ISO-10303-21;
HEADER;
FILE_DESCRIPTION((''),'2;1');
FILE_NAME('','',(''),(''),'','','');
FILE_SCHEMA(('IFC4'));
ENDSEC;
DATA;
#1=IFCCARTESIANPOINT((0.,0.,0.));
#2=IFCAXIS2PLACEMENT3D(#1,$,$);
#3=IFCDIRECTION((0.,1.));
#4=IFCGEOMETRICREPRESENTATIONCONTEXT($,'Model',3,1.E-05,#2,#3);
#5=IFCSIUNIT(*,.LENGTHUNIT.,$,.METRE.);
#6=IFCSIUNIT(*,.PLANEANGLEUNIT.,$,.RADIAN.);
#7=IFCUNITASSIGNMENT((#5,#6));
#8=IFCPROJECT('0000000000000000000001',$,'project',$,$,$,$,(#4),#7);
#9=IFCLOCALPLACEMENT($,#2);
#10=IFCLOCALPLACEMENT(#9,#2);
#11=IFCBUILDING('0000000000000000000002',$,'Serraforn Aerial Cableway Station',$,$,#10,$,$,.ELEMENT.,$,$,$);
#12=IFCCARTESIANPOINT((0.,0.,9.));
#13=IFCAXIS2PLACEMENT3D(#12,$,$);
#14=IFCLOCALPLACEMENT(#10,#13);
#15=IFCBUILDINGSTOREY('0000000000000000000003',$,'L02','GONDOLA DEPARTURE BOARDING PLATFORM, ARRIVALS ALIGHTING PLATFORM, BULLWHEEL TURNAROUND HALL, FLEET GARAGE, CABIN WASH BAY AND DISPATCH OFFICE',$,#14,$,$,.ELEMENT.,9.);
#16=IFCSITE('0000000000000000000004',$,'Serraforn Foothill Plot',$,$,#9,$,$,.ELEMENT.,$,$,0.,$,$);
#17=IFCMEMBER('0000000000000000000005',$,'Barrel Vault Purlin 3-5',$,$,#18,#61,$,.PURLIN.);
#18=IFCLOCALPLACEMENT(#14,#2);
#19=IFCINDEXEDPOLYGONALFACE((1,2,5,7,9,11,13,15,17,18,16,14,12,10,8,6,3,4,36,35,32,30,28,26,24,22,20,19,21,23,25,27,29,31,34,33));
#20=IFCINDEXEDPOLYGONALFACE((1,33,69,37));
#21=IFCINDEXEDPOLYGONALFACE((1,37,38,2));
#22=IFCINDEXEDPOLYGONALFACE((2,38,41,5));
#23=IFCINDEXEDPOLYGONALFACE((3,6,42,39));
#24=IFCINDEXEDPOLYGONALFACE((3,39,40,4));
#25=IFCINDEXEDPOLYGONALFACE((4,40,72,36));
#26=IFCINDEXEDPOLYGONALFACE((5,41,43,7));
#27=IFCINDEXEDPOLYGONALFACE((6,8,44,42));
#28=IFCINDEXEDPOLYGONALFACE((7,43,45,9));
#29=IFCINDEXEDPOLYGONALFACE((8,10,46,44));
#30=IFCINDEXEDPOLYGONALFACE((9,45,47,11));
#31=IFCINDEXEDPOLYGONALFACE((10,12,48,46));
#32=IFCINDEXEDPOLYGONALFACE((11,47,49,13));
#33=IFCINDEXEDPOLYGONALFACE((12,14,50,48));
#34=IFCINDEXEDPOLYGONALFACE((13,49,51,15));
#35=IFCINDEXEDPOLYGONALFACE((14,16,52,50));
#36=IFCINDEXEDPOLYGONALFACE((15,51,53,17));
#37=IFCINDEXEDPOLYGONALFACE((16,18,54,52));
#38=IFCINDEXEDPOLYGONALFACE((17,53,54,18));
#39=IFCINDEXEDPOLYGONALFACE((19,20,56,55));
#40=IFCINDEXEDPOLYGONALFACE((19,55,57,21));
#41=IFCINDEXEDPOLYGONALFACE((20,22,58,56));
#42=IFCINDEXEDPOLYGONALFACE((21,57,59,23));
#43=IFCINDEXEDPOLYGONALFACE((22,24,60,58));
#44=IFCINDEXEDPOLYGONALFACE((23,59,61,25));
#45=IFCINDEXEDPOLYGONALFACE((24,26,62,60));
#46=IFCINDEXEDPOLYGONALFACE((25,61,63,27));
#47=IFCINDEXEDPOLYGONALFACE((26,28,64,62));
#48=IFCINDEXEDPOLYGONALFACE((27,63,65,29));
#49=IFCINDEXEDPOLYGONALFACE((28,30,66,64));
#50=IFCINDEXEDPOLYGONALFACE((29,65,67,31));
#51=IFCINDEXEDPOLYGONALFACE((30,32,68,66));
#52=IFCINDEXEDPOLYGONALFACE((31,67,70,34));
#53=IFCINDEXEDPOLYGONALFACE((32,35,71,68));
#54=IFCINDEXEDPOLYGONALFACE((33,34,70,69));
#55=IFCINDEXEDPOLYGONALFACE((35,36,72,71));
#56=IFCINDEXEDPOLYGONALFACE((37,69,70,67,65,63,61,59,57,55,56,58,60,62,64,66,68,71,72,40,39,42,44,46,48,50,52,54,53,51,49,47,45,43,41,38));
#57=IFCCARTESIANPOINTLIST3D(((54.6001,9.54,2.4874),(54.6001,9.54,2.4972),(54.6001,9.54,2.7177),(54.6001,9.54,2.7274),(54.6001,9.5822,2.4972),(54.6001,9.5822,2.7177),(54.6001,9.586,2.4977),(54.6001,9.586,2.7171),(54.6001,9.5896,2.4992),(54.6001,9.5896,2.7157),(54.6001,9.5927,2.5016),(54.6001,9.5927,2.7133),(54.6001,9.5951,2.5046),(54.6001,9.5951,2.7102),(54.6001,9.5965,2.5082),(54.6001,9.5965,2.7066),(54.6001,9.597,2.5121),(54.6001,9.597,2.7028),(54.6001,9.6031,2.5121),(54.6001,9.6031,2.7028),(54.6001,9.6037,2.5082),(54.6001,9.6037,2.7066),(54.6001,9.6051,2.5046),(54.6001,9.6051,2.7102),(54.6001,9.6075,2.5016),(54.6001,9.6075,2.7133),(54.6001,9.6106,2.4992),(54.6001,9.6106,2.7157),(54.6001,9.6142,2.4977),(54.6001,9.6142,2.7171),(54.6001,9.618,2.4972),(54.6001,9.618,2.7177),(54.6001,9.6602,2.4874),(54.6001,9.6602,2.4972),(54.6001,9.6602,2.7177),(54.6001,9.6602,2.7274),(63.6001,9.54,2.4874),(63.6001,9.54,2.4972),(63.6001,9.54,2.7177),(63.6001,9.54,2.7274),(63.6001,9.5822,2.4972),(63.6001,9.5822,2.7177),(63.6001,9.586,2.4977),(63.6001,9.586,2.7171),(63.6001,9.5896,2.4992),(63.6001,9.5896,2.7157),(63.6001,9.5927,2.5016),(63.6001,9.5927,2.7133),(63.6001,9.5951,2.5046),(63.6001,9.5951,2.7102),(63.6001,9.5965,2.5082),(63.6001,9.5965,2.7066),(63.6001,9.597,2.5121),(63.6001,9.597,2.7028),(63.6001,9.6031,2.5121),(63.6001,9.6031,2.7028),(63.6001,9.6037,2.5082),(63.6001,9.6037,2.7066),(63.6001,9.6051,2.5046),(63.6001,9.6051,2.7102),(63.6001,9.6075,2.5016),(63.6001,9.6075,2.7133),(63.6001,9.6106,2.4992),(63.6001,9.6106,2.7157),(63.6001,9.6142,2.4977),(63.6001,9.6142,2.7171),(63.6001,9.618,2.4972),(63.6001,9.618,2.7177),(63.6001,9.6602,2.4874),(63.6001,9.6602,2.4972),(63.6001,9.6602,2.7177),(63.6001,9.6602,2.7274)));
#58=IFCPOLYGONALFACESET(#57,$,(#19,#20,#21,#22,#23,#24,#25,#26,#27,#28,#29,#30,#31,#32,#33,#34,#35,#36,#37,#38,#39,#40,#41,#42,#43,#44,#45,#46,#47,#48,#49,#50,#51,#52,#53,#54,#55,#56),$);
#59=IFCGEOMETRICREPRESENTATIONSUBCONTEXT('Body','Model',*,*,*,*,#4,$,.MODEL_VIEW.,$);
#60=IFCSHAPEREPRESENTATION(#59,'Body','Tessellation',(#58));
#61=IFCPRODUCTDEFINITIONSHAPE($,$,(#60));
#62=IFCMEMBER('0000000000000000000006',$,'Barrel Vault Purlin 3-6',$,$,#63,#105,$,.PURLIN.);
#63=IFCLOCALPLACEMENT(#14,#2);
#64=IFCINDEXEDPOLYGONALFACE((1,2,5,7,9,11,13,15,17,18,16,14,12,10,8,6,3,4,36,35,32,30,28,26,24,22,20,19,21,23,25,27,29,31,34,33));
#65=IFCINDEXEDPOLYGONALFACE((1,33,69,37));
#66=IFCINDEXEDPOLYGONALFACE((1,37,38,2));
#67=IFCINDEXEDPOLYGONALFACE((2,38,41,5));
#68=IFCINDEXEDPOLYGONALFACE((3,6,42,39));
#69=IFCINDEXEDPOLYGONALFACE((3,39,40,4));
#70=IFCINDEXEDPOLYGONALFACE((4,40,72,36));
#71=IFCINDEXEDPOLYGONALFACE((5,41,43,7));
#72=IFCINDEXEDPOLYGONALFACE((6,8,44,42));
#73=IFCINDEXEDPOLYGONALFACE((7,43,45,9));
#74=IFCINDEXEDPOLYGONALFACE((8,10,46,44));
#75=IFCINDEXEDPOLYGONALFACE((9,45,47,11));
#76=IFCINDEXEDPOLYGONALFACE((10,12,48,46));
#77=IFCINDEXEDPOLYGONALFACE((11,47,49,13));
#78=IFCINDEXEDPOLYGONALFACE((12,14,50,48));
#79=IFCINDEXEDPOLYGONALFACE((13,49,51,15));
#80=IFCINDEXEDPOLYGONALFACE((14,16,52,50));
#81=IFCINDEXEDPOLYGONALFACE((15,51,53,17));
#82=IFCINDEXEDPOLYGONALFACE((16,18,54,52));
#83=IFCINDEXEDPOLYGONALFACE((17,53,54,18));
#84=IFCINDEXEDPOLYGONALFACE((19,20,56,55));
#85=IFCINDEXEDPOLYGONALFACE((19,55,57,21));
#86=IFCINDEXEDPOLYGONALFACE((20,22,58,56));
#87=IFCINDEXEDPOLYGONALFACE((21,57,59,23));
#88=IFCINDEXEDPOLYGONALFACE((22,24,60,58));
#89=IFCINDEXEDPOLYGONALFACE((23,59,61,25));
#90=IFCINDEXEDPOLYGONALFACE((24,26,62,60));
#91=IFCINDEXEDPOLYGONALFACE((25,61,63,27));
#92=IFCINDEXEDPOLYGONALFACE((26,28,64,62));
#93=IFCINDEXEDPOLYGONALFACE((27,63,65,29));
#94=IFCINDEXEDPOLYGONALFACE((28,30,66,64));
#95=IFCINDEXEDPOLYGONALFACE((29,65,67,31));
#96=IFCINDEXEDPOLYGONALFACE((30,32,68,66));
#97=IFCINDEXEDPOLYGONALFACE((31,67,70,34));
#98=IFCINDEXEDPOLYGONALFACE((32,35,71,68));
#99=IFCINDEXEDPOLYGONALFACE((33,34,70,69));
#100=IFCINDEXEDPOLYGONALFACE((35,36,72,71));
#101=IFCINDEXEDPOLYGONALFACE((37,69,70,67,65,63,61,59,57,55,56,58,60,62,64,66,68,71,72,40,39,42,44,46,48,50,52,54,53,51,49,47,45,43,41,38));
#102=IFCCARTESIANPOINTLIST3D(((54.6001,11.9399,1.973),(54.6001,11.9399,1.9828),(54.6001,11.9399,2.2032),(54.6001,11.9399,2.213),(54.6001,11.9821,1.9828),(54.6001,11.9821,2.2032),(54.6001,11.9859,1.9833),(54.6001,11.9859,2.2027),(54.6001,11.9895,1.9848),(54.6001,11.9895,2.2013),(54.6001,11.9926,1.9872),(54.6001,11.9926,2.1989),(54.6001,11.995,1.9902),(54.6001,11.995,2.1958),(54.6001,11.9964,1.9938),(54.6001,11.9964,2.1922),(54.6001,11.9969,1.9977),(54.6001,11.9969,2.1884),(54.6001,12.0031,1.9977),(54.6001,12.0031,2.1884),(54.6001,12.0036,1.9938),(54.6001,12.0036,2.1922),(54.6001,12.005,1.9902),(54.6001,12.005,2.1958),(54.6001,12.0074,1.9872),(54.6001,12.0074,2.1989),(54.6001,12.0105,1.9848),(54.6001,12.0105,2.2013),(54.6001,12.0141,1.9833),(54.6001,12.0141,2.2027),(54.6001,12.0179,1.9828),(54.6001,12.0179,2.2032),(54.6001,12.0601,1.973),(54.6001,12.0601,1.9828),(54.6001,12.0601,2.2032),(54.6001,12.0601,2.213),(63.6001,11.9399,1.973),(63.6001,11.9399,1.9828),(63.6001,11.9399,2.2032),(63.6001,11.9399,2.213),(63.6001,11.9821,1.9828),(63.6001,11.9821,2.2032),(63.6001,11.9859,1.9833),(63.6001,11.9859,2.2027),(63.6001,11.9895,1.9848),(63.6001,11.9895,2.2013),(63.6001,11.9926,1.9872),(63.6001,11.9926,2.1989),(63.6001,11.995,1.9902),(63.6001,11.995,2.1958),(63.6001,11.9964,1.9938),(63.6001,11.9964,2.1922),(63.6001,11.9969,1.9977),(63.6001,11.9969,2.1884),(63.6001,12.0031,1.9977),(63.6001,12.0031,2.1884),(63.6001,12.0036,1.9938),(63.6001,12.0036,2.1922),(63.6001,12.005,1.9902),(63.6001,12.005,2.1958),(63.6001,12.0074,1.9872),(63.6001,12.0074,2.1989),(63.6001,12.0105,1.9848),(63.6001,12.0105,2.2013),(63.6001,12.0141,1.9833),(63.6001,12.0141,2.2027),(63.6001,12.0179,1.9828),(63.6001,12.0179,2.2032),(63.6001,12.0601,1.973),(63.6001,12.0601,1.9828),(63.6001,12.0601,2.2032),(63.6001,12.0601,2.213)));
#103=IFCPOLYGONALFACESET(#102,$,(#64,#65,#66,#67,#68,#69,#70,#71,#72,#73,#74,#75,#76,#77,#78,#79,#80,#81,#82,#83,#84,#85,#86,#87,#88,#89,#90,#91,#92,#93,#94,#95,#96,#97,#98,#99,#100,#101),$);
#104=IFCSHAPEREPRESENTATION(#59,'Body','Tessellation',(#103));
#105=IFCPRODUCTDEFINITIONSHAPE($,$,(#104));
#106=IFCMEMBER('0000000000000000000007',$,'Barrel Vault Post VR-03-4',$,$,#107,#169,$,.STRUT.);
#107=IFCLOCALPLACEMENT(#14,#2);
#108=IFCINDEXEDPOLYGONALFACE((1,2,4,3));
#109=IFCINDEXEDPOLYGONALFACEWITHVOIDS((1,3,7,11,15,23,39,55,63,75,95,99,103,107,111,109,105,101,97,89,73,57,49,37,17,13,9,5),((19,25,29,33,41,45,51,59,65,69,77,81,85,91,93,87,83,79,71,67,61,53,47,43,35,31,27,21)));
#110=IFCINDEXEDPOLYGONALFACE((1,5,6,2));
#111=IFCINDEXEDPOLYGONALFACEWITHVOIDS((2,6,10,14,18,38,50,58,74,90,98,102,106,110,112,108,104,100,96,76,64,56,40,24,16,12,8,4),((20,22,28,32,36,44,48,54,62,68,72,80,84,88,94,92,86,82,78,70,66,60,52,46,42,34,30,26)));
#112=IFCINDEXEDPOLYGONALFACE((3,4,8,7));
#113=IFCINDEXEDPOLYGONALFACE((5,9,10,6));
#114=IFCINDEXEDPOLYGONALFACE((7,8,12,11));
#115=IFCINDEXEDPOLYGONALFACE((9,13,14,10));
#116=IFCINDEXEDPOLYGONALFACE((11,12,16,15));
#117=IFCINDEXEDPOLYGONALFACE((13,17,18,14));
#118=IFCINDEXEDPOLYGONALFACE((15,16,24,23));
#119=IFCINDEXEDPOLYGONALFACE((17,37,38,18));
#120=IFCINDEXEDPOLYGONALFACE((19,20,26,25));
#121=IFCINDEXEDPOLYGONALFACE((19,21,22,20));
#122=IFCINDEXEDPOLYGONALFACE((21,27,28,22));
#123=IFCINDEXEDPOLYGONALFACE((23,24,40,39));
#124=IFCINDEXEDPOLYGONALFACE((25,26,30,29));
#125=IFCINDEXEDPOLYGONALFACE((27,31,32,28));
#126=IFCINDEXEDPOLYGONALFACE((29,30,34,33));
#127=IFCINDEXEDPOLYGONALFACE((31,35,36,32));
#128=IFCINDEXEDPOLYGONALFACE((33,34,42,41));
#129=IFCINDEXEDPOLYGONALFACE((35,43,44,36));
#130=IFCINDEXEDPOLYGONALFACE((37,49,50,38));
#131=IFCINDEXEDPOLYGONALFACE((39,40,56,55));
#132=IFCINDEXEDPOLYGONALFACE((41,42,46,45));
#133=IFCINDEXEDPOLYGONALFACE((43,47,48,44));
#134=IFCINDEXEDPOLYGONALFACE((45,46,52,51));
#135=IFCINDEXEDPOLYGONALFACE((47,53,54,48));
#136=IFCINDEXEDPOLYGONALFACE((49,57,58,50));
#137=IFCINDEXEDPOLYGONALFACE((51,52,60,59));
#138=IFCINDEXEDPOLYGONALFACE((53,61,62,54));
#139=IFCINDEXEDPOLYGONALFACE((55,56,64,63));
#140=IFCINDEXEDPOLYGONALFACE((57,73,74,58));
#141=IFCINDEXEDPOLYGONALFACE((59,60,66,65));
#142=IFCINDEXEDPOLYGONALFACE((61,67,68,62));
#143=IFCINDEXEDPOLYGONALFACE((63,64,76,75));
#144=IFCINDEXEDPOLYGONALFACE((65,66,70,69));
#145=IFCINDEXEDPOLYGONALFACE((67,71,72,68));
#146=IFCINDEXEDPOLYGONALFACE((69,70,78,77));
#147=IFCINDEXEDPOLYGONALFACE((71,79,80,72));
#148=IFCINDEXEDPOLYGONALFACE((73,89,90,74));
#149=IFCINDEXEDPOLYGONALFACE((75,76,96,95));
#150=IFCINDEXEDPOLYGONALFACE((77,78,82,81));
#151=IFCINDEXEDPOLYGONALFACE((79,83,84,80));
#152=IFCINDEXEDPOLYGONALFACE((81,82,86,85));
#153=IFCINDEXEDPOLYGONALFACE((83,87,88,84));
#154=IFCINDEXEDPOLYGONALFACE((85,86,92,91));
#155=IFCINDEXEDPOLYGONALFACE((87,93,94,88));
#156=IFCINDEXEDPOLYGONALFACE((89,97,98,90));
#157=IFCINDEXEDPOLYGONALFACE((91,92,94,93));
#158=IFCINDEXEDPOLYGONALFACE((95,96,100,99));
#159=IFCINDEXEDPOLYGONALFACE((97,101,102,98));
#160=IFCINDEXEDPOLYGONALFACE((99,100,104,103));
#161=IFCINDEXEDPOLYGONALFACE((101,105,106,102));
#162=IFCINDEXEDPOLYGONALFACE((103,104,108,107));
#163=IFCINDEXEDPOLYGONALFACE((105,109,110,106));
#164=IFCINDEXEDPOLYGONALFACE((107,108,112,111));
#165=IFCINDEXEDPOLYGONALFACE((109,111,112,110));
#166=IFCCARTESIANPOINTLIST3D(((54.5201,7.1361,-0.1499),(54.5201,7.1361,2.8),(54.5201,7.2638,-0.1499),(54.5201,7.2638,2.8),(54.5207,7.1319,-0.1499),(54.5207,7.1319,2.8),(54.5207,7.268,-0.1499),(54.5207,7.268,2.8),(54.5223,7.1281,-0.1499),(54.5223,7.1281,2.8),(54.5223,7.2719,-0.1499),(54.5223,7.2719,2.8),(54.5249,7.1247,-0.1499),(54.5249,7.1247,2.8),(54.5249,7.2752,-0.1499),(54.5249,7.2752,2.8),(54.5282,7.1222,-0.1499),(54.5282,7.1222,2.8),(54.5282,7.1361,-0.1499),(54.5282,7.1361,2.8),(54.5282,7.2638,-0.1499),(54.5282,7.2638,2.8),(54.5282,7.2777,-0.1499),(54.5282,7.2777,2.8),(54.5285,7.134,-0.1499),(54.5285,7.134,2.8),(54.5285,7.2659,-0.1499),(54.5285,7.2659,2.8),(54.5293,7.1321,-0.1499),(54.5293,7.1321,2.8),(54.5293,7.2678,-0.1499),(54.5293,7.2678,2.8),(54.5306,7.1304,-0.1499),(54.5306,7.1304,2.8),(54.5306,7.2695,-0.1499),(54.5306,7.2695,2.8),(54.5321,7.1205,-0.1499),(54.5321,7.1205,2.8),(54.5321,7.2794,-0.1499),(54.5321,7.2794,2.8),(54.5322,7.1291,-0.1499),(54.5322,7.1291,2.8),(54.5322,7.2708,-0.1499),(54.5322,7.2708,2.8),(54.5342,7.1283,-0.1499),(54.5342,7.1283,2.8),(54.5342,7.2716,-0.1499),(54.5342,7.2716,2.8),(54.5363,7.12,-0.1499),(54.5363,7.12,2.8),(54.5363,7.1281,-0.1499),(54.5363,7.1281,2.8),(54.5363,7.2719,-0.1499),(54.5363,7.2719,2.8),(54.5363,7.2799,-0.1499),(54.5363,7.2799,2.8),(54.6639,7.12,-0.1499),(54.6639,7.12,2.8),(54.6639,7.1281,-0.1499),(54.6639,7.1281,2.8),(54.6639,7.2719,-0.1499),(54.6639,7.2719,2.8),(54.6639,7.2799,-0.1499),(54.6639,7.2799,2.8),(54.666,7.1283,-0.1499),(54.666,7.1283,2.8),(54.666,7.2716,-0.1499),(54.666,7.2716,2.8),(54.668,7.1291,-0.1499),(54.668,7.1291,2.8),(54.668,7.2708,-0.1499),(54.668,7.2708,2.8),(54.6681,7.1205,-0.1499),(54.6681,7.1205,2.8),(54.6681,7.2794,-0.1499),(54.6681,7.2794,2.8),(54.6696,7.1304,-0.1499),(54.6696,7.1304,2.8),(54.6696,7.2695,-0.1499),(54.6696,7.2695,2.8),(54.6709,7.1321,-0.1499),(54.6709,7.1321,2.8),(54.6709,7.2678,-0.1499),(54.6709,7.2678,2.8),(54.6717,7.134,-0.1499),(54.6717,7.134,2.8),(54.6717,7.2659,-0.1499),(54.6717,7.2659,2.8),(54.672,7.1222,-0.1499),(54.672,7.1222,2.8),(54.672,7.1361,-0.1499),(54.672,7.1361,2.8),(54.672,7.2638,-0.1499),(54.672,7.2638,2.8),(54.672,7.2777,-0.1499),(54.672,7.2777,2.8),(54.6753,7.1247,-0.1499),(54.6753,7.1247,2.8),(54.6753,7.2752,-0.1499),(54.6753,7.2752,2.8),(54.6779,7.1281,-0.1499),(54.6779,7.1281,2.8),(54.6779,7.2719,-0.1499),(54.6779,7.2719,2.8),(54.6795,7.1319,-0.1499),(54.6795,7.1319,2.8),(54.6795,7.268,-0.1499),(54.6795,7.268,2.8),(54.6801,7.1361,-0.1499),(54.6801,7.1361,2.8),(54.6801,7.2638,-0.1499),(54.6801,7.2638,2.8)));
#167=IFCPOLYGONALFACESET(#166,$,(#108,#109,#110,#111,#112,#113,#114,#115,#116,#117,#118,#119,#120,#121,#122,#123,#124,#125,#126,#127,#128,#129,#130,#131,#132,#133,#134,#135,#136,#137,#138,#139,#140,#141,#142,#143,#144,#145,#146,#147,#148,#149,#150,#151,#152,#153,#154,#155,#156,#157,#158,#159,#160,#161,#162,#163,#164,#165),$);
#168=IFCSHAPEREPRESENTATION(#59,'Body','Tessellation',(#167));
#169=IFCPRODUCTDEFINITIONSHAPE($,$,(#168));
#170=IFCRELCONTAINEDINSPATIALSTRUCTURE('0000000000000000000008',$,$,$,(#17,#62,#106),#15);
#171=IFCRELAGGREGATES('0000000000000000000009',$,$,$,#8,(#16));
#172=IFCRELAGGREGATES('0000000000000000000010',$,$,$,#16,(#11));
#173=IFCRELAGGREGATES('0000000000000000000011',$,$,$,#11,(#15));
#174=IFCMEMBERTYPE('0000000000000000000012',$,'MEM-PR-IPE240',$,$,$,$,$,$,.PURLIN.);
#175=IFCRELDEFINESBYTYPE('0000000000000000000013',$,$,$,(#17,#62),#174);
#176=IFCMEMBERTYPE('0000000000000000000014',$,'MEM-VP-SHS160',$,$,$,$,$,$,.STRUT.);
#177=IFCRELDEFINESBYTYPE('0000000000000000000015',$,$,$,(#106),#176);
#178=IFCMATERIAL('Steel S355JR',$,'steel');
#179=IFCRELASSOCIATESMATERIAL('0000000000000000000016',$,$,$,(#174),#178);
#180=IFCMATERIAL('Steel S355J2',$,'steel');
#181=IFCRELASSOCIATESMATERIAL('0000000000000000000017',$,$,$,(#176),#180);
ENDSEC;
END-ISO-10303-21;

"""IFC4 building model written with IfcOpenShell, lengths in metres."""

from ifc_helpers import new_model, si_unit, direction, frame, origin, origin_2d, place, context, subcontext, project, spatial, hollow_rectangle, i_section, extrude, material, material_profile, profile_set, type_object, element, save


model = new_model("IFC4")

# Units and contexts
model_context = context("Model", 3, precision=1e-05, world=origin(), true_north=direction((0.0, 1.0)))
body_context = subcontext(model_context, "Body", "Model", "MODEL_VIEW")
ifc_project = project(units=[si_unit("LENGTHUNIT", "METRE"), si_unit("PLANEANGLEUNIT", "RADIAN")], contexts=[model_context])

# Site, building, storey
site_placement = place(None, origin())
site = spatial("IfcSite", under=ifc_project, at=site_placement, Name="Serraforn Foothill Plot", CompositionType="ELEMENT", RefElevation=0.0)
building_placement = place(site_placement, origin())
building = spatial("IfcBuilding", under=site, at=building_placement, Name="Serraforn Aerial Cableway Station", CompositionType="ELEMENT")
storey_placement = place(building_placement, frame((0.0, 0.0, 9.0)))
storey = spatial("IfcBuildingStorey", under=building, at=storey_placement, Name="L02", Description="GONDOLA DEPARTURE BOARDING PLATFORM, ARRIVALS ALIGHTING PLATFORM, BULLWHEEL TURNAROUND HALL, FLEET GARAGE, CABIN WASH BAY AND DISPATCH OFFICE", CompositionType="ELEMENT", Elevation=9.0)

# Shared definitions
ifc_material_1 = material(Name="Steel S355JR", Category="steel")

# Members
ifc_material_2 = material(Name="Steel S355J2", Category="steel")
ifc_material_profile_1 = material_profile(ifc_material_1, i_section(OverallWidth=0.1201, OverallDepth=0.24, WebThickness=0.0061, FlangeThickness=0.0098, FilletRadius=0.0149, at=origin_2d()), Name="IPE 240")
ifc_profile_set_1 = profile_set([ifc_material_profile_1], Name="Steel S355JR")
member_type_1 = type_object("IfcMemberType", Name="MEM-PR-IPE240", PredefinedType="PURLIN", material=ifc_profile_set_1)
for number, where, z_axis, x_axis, name in (
    (1, (54.6001, 9.6001, 2.6074), (1.0, 0.0, 0.0), (0.0, 1.0, 0.0), "Barrel Vault Purlin 3-5"),
    (2, (54.6001, 12.0, 2.093), (1.0, 0.0, 0.0), (0.0, 1.0, 0.0), "Barrel Vault Purlin 3-6"),
):
    element("IfcMember", number, at=place(storey_placement, frame(where, z_axis=z_axis, x_axis=x_axis)), inside=storey, type_object=member_type_1, Name=name, PredefinedType="PURLIN", context=body_context, shape_type="SweptSolid", body=[
        extrude(i_section(OverallWidth=0.1201, OverallDepth=0.24, WebThickness=0.0061, FlangeThickness=0.0098, FilletRadius=0.0149, at=origin_2d()), origin(), (0.0, 0.0, 1.0), 9.0),
    ])
ifc_material_profile_2 = material_profile(ifc_material_2, hollow_rectangle(XDim=0.1599, YDim=0.1599, WallThickness=0.0081, InnerFilletRadius=0.0081, OuterFilletRadius=0.0161, at=origin_2d()), Name="SHS 160x160x8.0")
ifc_profile_set_2 = profile_set([ifc_material_profile_2], Name="Steel S355J2")
member_type_2 = type_object("IfcMemberType", Name="MEM-VP-SHS160", PredefinedType="STRUT", material=ifc_profile_set_2)
member_1_placement = place(storey_placement, frame((54.6001, 7.2, -0.1499), z_axis=(0.0, 0.0, 1.0), x_axis=(1.0, 0.0, 0.0)))
element("IfcMember", 3, at=member_1_placement, inside=storey, type_object=member_type_2, Name="Barrel Vault Post VR-03-4", PredefinedType="STRUT", context=body_context, shape_type="SweptSolid", body=[
    extrude(hollow_rectangle(XDim=0.1599, YDim=0.1599, WallThickness=0.0081, InnerFilletRadius=0.0081, OuterFilletRadius=0.0161, at=origin_2d()), origin(), (0.0, 0.0, 1.0), 2.95),
])

save(model, "model.ifc")
